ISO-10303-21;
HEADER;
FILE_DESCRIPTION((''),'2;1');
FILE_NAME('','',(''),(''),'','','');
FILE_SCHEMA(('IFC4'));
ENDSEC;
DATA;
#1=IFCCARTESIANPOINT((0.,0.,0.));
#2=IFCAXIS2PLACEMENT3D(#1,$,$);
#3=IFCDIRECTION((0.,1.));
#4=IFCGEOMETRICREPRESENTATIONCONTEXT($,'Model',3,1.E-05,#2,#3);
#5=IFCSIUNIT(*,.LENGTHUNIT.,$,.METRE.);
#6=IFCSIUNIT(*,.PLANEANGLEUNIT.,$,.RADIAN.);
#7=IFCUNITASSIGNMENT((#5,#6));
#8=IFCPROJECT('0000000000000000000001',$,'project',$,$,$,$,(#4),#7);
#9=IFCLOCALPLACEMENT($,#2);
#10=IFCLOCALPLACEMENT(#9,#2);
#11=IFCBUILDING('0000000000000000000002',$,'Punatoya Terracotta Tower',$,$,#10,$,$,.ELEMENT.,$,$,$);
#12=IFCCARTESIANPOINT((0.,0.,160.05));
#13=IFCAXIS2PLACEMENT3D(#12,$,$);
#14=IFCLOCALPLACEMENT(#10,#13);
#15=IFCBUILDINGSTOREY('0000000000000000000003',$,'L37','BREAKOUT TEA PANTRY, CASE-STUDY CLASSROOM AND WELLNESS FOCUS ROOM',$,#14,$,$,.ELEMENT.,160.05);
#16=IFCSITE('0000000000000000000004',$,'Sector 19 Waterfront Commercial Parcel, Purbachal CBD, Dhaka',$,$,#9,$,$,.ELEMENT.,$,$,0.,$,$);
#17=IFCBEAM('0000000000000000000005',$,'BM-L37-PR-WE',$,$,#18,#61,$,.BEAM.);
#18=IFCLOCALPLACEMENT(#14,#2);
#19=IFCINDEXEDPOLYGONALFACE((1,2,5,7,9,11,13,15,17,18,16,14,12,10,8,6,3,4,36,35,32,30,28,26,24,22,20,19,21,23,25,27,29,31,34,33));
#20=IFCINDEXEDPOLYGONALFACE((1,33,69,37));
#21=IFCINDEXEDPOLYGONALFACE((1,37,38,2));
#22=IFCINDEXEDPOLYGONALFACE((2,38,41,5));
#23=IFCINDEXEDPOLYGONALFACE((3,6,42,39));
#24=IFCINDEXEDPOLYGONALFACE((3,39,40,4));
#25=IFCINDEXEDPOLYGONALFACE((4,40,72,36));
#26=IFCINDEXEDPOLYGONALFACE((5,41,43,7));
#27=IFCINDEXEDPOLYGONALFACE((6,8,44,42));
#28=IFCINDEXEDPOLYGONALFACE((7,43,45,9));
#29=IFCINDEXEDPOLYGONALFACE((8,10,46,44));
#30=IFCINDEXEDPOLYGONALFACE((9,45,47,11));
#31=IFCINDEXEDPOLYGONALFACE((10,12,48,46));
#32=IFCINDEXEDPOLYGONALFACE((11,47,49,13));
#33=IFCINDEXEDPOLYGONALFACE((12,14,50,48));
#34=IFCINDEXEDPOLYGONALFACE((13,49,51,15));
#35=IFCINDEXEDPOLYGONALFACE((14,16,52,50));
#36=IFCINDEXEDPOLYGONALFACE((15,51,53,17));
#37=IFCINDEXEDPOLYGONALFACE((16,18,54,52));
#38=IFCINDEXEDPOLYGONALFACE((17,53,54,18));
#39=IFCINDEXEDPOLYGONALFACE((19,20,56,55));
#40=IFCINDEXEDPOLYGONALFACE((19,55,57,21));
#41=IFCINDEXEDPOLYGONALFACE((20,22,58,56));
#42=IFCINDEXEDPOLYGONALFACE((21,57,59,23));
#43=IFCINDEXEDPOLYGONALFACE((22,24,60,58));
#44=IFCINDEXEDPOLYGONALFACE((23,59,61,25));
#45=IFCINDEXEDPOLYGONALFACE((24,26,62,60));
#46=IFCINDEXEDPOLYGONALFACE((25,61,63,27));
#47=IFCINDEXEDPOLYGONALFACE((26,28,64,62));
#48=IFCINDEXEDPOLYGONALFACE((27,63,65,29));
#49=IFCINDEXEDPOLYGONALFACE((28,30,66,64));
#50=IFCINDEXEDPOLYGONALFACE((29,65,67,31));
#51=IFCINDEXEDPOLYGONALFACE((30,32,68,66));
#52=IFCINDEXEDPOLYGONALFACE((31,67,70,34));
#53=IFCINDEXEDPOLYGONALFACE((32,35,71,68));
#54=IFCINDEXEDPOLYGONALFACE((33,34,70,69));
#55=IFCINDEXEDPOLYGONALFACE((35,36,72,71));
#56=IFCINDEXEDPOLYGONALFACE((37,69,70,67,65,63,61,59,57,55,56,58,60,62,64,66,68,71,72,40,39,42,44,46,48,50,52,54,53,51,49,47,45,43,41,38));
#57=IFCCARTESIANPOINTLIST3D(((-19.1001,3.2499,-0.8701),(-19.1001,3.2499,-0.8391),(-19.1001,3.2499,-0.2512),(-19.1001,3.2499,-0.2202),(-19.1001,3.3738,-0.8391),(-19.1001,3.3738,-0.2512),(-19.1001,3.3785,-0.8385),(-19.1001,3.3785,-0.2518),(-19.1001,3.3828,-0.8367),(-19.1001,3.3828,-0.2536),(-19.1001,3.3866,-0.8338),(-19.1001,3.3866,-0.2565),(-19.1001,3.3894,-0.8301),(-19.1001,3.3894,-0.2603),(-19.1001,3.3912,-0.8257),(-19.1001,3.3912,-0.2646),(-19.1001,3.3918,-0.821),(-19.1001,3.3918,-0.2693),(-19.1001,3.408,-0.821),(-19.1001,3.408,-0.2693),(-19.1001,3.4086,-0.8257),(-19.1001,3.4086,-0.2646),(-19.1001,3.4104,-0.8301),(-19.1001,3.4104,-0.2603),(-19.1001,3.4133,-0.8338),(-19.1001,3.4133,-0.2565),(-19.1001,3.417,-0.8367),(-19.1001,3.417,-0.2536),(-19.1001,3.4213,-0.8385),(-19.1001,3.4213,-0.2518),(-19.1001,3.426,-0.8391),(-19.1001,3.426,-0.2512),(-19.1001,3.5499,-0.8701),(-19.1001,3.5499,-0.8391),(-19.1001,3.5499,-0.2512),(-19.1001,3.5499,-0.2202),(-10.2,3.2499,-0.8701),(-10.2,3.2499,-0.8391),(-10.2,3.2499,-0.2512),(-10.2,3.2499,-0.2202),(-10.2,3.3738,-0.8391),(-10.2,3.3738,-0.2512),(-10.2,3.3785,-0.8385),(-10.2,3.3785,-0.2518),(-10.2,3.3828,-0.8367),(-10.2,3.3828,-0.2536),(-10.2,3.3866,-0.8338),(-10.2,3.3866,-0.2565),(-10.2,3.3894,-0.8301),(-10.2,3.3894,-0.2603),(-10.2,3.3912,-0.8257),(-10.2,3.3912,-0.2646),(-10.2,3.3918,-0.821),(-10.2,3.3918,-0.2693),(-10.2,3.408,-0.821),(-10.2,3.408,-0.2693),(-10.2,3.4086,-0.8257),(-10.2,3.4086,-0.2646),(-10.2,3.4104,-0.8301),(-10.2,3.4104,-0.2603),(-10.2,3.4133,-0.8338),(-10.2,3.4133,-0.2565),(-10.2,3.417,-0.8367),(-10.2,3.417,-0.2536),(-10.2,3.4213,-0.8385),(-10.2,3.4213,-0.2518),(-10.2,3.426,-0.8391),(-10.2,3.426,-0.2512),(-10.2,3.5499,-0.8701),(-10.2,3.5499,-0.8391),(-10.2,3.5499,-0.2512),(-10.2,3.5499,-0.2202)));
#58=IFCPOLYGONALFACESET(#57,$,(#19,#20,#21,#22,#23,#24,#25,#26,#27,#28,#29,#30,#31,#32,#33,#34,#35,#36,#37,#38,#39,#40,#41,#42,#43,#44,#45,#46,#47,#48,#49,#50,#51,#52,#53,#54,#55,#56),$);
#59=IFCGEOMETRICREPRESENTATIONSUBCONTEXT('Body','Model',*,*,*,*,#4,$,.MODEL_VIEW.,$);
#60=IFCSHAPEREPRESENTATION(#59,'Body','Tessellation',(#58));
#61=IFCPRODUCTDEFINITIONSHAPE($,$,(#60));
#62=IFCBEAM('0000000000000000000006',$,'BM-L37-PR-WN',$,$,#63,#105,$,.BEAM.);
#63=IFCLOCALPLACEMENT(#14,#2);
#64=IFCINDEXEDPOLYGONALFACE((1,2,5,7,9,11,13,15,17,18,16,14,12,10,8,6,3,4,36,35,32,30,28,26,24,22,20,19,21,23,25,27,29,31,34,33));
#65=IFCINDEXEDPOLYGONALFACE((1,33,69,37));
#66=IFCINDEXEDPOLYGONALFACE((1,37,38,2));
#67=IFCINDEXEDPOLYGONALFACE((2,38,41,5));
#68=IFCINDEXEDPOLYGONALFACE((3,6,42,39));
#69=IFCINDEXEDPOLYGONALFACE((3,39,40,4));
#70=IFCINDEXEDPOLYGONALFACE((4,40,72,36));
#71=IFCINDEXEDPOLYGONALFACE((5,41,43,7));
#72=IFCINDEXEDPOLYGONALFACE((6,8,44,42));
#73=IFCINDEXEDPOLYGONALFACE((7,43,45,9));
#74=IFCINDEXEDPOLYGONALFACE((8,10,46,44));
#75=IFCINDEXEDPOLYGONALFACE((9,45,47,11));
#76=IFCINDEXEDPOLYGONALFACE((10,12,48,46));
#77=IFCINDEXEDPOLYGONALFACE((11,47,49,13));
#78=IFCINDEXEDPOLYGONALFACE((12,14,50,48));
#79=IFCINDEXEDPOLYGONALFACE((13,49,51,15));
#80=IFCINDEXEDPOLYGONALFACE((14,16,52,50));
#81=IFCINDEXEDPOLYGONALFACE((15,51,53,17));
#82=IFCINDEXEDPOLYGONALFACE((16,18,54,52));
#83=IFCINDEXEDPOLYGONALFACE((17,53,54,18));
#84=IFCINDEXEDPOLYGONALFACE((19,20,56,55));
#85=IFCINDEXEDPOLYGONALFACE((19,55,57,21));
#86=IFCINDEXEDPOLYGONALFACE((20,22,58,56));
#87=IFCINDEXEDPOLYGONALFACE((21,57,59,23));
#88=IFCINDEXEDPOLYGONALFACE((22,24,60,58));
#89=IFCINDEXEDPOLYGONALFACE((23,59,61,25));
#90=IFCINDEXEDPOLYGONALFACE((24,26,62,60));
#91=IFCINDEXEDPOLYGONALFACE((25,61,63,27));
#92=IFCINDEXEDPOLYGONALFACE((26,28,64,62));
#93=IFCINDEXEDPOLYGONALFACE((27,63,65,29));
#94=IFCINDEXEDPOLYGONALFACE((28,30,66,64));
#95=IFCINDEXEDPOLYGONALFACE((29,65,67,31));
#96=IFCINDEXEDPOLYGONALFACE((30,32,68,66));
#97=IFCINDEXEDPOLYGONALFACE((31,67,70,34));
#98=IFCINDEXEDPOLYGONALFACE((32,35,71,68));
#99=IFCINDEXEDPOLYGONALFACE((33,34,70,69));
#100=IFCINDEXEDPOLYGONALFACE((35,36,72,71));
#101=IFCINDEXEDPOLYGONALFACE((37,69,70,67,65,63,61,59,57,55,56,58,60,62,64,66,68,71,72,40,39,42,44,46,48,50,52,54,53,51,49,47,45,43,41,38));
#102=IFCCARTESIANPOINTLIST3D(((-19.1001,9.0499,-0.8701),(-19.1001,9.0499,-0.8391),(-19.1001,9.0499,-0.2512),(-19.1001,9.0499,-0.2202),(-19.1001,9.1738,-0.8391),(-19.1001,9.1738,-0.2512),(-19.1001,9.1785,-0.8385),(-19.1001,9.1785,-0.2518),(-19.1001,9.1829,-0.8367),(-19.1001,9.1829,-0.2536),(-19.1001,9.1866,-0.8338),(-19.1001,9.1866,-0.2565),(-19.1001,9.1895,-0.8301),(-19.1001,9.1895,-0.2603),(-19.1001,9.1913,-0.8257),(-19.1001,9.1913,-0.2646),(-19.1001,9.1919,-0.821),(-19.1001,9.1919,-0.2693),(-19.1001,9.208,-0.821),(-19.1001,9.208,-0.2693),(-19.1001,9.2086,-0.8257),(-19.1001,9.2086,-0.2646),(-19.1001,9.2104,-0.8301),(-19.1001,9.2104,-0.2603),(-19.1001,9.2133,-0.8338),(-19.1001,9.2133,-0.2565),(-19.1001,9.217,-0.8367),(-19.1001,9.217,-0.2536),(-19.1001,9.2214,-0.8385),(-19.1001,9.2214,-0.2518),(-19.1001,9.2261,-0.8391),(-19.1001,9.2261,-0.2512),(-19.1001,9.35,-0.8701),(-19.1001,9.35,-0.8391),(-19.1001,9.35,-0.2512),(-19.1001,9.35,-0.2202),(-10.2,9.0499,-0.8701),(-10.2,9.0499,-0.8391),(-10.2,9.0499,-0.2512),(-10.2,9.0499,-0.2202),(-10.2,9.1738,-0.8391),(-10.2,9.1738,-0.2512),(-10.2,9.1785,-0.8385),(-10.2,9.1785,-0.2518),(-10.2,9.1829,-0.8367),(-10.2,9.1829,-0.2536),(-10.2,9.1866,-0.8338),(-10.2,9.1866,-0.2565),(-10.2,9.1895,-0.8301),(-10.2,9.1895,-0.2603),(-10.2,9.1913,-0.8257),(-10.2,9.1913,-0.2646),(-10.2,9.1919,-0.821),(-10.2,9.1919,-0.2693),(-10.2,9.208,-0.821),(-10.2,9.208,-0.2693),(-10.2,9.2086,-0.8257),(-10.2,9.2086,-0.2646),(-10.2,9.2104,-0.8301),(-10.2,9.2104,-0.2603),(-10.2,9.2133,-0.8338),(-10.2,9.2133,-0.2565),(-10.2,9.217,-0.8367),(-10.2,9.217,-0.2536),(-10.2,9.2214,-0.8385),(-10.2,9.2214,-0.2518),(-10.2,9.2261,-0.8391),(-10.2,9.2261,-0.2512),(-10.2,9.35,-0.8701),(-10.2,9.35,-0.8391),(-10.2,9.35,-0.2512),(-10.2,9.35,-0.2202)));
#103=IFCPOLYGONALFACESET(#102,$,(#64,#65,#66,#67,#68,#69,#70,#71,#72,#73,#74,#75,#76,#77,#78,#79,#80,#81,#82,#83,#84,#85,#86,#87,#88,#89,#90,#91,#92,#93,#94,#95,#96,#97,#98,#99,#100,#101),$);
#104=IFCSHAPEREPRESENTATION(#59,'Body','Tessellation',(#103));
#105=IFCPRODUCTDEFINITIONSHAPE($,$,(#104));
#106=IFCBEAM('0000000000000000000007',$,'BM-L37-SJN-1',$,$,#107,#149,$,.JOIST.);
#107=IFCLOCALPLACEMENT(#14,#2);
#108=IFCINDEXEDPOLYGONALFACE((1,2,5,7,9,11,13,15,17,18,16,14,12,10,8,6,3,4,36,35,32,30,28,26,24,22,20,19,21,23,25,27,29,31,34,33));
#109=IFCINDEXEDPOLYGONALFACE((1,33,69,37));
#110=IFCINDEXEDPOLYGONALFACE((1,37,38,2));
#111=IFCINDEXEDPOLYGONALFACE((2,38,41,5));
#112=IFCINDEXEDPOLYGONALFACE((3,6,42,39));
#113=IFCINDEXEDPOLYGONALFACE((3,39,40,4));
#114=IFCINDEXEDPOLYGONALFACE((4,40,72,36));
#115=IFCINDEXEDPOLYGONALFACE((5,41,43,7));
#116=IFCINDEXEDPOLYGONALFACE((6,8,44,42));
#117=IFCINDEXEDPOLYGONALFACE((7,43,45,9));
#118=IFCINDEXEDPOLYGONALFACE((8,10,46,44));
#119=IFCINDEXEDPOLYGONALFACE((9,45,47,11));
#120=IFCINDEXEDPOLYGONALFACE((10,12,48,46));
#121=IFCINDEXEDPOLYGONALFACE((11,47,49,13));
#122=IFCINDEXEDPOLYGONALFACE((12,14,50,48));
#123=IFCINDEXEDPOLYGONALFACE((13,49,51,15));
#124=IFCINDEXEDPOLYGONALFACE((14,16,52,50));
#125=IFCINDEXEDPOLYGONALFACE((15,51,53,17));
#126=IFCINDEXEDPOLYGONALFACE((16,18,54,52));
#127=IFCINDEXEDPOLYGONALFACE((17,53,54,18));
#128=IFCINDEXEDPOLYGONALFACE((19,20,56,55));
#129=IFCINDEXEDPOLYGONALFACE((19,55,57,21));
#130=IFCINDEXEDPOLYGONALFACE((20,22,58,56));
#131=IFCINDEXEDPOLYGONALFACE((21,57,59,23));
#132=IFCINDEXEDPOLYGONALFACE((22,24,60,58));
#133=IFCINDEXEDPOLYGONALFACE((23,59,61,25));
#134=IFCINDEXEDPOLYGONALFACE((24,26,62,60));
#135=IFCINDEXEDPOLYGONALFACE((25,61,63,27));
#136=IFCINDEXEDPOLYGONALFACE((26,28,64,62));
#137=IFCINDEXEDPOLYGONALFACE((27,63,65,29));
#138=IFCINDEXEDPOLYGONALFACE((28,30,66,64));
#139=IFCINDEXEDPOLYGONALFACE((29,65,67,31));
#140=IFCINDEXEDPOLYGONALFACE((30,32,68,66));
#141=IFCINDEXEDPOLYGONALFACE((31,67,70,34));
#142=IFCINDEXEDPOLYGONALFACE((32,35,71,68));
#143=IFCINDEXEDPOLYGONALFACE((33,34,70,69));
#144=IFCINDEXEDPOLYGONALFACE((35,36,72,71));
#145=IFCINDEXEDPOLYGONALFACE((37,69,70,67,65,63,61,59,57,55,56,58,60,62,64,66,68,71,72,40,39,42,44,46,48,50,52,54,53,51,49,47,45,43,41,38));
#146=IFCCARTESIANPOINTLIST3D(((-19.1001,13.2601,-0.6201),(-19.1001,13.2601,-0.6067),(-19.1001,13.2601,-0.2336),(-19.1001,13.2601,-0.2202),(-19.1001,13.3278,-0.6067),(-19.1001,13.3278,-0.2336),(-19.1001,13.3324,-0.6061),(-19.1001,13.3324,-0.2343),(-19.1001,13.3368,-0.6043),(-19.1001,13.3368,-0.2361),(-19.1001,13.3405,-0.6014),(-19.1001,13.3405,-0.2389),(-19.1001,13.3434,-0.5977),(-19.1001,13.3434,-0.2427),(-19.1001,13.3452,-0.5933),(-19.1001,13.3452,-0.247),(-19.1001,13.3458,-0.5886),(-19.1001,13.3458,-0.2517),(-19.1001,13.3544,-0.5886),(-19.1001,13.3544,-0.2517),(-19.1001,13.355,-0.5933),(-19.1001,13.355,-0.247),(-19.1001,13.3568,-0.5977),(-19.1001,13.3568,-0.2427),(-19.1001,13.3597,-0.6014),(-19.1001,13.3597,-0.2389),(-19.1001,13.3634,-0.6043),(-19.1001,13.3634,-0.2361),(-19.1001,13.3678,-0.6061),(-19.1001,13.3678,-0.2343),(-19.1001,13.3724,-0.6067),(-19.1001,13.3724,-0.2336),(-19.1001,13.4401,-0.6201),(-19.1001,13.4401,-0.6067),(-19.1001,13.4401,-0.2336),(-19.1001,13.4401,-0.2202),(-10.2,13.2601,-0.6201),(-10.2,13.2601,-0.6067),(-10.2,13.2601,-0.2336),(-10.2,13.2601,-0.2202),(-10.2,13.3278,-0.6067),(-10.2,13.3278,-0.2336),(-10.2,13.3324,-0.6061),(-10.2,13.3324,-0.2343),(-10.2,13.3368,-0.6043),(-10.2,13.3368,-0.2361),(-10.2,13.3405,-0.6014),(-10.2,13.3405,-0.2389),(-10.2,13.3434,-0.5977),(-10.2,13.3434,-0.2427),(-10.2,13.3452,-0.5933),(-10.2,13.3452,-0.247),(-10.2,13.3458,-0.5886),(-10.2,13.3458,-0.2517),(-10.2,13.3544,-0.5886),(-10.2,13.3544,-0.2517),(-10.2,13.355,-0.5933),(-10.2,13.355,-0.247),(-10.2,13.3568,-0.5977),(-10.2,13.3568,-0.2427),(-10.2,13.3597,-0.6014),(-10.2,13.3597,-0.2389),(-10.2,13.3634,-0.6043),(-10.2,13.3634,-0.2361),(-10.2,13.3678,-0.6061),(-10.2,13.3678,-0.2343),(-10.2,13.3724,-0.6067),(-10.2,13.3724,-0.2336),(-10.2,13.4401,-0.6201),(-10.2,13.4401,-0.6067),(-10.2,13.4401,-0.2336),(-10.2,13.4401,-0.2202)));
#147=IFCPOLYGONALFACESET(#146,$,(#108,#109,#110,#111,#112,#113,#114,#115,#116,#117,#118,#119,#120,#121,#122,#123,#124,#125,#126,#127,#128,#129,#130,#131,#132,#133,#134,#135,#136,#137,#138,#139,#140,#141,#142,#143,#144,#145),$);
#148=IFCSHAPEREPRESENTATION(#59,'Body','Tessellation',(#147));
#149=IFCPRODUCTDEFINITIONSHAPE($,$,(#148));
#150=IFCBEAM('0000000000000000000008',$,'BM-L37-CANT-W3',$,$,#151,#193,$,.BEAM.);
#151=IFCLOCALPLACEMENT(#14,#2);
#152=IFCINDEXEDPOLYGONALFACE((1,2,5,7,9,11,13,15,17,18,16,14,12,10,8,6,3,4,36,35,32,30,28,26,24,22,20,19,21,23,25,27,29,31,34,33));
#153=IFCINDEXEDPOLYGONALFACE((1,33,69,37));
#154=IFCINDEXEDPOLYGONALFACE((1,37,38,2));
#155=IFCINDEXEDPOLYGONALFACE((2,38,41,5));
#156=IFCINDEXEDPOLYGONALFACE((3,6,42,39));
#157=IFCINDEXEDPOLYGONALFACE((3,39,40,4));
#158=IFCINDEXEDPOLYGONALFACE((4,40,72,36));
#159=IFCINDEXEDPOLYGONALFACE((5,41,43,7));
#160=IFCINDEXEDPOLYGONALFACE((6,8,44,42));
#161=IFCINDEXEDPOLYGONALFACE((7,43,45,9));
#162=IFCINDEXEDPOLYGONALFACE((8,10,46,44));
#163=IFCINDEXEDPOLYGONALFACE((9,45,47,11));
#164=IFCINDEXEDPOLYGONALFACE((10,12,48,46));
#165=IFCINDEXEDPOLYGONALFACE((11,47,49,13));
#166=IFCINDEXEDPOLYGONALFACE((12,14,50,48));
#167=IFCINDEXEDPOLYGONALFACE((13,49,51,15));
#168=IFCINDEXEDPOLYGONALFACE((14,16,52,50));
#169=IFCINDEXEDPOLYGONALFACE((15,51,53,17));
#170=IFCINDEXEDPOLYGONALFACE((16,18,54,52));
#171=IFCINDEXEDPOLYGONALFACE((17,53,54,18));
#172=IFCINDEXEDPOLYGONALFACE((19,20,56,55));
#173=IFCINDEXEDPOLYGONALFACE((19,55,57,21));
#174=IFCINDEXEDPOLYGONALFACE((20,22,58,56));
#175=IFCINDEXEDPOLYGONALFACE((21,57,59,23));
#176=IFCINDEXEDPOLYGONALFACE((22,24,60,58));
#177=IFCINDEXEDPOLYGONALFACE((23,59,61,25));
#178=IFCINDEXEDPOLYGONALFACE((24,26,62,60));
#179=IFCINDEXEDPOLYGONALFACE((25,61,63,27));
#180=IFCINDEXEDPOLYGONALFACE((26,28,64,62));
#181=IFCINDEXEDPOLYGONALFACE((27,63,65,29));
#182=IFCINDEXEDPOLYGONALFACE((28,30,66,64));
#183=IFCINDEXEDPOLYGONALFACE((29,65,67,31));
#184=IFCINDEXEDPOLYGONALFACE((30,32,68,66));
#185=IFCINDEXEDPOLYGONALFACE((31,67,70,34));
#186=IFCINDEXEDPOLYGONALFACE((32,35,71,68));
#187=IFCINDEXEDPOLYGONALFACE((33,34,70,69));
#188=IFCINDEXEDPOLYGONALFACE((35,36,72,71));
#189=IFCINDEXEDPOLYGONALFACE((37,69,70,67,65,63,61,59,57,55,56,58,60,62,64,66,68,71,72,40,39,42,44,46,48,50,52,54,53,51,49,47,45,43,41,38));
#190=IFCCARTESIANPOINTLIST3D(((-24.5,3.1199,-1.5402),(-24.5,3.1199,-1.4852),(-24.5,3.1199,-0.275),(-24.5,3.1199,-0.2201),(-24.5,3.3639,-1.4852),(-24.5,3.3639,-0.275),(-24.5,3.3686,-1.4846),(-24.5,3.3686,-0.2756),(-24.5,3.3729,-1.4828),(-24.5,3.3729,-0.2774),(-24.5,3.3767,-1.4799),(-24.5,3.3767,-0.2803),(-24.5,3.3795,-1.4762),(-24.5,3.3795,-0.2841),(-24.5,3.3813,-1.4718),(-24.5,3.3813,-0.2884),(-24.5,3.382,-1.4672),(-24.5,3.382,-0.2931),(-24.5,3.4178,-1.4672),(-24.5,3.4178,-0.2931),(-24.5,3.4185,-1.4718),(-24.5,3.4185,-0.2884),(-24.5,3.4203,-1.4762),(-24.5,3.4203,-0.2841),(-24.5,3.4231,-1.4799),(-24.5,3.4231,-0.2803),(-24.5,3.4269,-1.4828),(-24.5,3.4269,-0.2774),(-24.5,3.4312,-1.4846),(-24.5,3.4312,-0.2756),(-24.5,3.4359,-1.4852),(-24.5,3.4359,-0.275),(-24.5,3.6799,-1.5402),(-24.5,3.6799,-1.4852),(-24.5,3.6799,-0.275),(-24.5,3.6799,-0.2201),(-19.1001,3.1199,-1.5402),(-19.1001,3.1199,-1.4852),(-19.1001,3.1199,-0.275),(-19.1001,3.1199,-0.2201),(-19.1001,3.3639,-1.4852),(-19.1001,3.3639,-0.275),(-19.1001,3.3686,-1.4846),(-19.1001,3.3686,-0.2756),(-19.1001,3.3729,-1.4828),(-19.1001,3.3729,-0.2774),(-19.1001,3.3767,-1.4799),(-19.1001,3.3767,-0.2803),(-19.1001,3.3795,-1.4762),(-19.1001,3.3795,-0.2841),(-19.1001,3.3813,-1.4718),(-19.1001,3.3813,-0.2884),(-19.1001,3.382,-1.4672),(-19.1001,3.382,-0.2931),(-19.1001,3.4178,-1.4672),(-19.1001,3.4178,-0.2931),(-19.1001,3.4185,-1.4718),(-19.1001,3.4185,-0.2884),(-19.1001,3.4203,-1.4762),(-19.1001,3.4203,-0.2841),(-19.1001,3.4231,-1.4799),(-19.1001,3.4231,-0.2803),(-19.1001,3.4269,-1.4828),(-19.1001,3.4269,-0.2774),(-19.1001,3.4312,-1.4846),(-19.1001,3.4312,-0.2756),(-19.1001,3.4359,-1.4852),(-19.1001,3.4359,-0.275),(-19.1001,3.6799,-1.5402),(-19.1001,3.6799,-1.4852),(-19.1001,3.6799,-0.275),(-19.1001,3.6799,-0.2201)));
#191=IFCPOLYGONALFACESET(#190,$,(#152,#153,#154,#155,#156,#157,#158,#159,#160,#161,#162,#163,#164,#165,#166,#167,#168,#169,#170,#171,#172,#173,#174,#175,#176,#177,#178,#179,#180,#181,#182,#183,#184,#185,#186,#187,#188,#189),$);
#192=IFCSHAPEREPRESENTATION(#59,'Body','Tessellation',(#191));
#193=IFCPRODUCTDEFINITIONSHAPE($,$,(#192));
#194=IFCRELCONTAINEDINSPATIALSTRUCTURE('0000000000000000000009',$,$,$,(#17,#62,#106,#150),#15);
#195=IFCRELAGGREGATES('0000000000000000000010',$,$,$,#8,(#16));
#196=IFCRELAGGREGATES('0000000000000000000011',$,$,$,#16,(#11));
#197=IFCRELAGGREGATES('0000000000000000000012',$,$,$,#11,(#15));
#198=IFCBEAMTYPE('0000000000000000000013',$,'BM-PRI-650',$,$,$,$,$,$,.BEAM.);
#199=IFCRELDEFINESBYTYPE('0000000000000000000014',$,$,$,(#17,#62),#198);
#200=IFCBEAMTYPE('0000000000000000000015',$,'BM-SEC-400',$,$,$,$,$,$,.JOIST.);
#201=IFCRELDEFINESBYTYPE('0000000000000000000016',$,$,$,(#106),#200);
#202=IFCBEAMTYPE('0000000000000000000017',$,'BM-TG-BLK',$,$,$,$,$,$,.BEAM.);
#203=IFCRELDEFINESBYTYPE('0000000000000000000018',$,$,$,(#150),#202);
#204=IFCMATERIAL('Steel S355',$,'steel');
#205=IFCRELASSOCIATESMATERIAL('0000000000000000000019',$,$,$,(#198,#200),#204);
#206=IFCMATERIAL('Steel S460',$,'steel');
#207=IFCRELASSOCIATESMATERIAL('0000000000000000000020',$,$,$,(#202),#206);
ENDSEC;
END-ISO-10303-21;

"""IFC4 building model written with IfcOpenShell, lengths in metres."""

from ifc_helpers import new_model, si_unit, direction, frame, origin, origin_2d, place, context, subcontext, project, spatial, i_section, extrude, material, material_profile, profile_set, type_object, element, save


model = new_model("IFC4")

# Units and contexts
model_context = context("Model", 3, precision=1e-05, world=origin(), true_north=direction((0.0, 1.0)))
body_context = subcontext(model_context, "Body", "Model", "MODEL_VIEW")
ifc_project = project(units=[si_unit("LENGTHUNIT", "METRE"), si_unit("PLANEANGLEUNIT", "RADIAN")], contexts=[model_context])

# Site, building, storey
site_placement = place(None, origin())
site = spatial("IfcSite", under=ifc_project, at=site_placement, Name="Sector 19 Waterfront Commercial Parcel, Purbachal CBD, Dhaka", CompositionType="ELEMENT", RefElevation=0.0)
building_placement = place(site_placement, origin())
building = spatial("IfcBuilding", under=site, at=building_placement, Name="Punatoya Terracotta Tower", CompositionType="ELEMENT")
storey_placement = place(building_placement, frame((0.0, 0.0, 160.05)))
storey = spatial("IfcBuildingStorey", under=building, at=storey_placement, Name="L37", Description="BREAKOUT TEA PANTRY, CASE-STUDY CLASSROOM AND WELLNESS FOCUS ROOM", CompositionType="ELEMENT", Elevation=160.05)

# Shared definitions
ifc_material_1 = material(Name="Steel S460", Category="steel")

# Beams
ifc_material_2 = material(Name="Steel S355", Category="steel")
ifc_material_profile_1 = material_profile(ifc_material_2, i_section(OverallWidth=0.3, OverallDepth=0.6499, WebThickness=0.0161, FlangeThickness=0.031, FilletRadius=0.0181, at=origin_2d()))
ifc_profile_set_1 = profile_set([ifc_material_profile_1], Name="Steel S355")
beam_type_1 = type_object("IfcBeamType", Name="BM-PRI-650", PredefinedType="BEAM", material=ifc_profile_set_1)
for number, where, z_axis, x_axis, name in (
    (1, (-19.1001, 3.3999, -0.5452), (1.0, 0.0, 0.0), (0.0, 1.0, 0.0), "BM-L37-PR-WE"),
    (2, (-19.1001, 9.2, -0.5452), (1.0, 0.0, 0.0), (0.0, 1.0, 0.0), "BM-L37-PR-WN"),
):
    element("IfcBeam", number, at=place(storey_placement, frame(where, z_axis=z_axis, x_axis=x_axis)), inside=storey, type_object=beam_type_1, Name=name, PredefinedType="BEAM", context=body_context, shape_type="SweptSolid", body=[
        extrude(i_section(OverallWidth=0.3, OverallDepth=0.6499, WebThickness=0.0161, FlangeThickness=0.031, FilletRadius=0.0181, at=origin_2d()), origin(), (0.0, 0.0, 1.0), 8.9001),
    ])
ifc_material_profile_2 = material_profile(ifc_material_2, i_section(OverallWidth=0.1799, OverallDepth=0.3999, WebThickness=0.0085, FlangeThickness=0.0134, FilletRadius=0.0181, at=origin_2d()))
ifc_profile_set_2 = profile_set([ifc_material_profile_2], Name="Steel S355")
beam_type_2 = type_object("IfcBeamType", Name="BM-SEC-400", PredefinedType="JOIST", material=ifc_profile_set_2)
beam_1_placement = place(storey_placement, frame((-19.1001, 13.3501, -0.4202), z_axis=(1.0, 0.0, 0.0), x_axis=(0.0, 1.0, 0.0)))
element("IfcBeam", 3, at=beam_1_placement, inside=storey, type_object=beam_type_2, Name="BM-L37-SJN-1", PredefinedType="JOIST", context=body_context, shape_type="SweptSolid", body=[
    extrude(i_section(OverallWidth=0.1799, OverallDepth=0.3999, WebThickness=0.0085, FlangeThickness=0.0134, FilletRadius=0.0181, at=origin_2d()), origin(), (0.0, 0.0, 1.0), 8.9001),
])
ifc_material_profile_3 = material_profile(ifc_material_1, i_section(OverallWidth=0.5601, OverallDepth=1.3201, WebThickness=0.0359, FlangeThickness=0.0549, FilletRadius=0.0181, at=origin_2d()))
ifc_profile_set_3 = profile_set([ifc_material_profile_3], Name="Steel S460")
beam_type_3 = type_object("IfcBeamType", Name="BM-TG-BLK", PredefinedType="BEAM", material=ifc_profile_set_3)
for number, where, z_axis, x_axis, name in (
    (4, (-24.5, 3.3999, -0.8801), (1.0, 0.0, 0.0), (0.0, 1.0, 0.0), "BM-L37-CANT-W3"),
):
    element("IfcBeam", number, at=place(storey_placement, frame(where, z_axis=z_axis, x_axis=x_axis)), inside=storey, type_object=beam_type_3, Name=name, PredefinedType="BEAM", context=body_context, shape_type="SweptSolid", body=[
        extrude(i_section(OverallWidth=0.5601, OverallDepth=1.3201, WebThickness=0.0359, FlangeThickness=0.0549, FilletRadius=0.0181, at=origin_2d()), origin(), (0.0, 0.0, 1.0), 5.3999),
    ])

save(model, "model.ifc")
